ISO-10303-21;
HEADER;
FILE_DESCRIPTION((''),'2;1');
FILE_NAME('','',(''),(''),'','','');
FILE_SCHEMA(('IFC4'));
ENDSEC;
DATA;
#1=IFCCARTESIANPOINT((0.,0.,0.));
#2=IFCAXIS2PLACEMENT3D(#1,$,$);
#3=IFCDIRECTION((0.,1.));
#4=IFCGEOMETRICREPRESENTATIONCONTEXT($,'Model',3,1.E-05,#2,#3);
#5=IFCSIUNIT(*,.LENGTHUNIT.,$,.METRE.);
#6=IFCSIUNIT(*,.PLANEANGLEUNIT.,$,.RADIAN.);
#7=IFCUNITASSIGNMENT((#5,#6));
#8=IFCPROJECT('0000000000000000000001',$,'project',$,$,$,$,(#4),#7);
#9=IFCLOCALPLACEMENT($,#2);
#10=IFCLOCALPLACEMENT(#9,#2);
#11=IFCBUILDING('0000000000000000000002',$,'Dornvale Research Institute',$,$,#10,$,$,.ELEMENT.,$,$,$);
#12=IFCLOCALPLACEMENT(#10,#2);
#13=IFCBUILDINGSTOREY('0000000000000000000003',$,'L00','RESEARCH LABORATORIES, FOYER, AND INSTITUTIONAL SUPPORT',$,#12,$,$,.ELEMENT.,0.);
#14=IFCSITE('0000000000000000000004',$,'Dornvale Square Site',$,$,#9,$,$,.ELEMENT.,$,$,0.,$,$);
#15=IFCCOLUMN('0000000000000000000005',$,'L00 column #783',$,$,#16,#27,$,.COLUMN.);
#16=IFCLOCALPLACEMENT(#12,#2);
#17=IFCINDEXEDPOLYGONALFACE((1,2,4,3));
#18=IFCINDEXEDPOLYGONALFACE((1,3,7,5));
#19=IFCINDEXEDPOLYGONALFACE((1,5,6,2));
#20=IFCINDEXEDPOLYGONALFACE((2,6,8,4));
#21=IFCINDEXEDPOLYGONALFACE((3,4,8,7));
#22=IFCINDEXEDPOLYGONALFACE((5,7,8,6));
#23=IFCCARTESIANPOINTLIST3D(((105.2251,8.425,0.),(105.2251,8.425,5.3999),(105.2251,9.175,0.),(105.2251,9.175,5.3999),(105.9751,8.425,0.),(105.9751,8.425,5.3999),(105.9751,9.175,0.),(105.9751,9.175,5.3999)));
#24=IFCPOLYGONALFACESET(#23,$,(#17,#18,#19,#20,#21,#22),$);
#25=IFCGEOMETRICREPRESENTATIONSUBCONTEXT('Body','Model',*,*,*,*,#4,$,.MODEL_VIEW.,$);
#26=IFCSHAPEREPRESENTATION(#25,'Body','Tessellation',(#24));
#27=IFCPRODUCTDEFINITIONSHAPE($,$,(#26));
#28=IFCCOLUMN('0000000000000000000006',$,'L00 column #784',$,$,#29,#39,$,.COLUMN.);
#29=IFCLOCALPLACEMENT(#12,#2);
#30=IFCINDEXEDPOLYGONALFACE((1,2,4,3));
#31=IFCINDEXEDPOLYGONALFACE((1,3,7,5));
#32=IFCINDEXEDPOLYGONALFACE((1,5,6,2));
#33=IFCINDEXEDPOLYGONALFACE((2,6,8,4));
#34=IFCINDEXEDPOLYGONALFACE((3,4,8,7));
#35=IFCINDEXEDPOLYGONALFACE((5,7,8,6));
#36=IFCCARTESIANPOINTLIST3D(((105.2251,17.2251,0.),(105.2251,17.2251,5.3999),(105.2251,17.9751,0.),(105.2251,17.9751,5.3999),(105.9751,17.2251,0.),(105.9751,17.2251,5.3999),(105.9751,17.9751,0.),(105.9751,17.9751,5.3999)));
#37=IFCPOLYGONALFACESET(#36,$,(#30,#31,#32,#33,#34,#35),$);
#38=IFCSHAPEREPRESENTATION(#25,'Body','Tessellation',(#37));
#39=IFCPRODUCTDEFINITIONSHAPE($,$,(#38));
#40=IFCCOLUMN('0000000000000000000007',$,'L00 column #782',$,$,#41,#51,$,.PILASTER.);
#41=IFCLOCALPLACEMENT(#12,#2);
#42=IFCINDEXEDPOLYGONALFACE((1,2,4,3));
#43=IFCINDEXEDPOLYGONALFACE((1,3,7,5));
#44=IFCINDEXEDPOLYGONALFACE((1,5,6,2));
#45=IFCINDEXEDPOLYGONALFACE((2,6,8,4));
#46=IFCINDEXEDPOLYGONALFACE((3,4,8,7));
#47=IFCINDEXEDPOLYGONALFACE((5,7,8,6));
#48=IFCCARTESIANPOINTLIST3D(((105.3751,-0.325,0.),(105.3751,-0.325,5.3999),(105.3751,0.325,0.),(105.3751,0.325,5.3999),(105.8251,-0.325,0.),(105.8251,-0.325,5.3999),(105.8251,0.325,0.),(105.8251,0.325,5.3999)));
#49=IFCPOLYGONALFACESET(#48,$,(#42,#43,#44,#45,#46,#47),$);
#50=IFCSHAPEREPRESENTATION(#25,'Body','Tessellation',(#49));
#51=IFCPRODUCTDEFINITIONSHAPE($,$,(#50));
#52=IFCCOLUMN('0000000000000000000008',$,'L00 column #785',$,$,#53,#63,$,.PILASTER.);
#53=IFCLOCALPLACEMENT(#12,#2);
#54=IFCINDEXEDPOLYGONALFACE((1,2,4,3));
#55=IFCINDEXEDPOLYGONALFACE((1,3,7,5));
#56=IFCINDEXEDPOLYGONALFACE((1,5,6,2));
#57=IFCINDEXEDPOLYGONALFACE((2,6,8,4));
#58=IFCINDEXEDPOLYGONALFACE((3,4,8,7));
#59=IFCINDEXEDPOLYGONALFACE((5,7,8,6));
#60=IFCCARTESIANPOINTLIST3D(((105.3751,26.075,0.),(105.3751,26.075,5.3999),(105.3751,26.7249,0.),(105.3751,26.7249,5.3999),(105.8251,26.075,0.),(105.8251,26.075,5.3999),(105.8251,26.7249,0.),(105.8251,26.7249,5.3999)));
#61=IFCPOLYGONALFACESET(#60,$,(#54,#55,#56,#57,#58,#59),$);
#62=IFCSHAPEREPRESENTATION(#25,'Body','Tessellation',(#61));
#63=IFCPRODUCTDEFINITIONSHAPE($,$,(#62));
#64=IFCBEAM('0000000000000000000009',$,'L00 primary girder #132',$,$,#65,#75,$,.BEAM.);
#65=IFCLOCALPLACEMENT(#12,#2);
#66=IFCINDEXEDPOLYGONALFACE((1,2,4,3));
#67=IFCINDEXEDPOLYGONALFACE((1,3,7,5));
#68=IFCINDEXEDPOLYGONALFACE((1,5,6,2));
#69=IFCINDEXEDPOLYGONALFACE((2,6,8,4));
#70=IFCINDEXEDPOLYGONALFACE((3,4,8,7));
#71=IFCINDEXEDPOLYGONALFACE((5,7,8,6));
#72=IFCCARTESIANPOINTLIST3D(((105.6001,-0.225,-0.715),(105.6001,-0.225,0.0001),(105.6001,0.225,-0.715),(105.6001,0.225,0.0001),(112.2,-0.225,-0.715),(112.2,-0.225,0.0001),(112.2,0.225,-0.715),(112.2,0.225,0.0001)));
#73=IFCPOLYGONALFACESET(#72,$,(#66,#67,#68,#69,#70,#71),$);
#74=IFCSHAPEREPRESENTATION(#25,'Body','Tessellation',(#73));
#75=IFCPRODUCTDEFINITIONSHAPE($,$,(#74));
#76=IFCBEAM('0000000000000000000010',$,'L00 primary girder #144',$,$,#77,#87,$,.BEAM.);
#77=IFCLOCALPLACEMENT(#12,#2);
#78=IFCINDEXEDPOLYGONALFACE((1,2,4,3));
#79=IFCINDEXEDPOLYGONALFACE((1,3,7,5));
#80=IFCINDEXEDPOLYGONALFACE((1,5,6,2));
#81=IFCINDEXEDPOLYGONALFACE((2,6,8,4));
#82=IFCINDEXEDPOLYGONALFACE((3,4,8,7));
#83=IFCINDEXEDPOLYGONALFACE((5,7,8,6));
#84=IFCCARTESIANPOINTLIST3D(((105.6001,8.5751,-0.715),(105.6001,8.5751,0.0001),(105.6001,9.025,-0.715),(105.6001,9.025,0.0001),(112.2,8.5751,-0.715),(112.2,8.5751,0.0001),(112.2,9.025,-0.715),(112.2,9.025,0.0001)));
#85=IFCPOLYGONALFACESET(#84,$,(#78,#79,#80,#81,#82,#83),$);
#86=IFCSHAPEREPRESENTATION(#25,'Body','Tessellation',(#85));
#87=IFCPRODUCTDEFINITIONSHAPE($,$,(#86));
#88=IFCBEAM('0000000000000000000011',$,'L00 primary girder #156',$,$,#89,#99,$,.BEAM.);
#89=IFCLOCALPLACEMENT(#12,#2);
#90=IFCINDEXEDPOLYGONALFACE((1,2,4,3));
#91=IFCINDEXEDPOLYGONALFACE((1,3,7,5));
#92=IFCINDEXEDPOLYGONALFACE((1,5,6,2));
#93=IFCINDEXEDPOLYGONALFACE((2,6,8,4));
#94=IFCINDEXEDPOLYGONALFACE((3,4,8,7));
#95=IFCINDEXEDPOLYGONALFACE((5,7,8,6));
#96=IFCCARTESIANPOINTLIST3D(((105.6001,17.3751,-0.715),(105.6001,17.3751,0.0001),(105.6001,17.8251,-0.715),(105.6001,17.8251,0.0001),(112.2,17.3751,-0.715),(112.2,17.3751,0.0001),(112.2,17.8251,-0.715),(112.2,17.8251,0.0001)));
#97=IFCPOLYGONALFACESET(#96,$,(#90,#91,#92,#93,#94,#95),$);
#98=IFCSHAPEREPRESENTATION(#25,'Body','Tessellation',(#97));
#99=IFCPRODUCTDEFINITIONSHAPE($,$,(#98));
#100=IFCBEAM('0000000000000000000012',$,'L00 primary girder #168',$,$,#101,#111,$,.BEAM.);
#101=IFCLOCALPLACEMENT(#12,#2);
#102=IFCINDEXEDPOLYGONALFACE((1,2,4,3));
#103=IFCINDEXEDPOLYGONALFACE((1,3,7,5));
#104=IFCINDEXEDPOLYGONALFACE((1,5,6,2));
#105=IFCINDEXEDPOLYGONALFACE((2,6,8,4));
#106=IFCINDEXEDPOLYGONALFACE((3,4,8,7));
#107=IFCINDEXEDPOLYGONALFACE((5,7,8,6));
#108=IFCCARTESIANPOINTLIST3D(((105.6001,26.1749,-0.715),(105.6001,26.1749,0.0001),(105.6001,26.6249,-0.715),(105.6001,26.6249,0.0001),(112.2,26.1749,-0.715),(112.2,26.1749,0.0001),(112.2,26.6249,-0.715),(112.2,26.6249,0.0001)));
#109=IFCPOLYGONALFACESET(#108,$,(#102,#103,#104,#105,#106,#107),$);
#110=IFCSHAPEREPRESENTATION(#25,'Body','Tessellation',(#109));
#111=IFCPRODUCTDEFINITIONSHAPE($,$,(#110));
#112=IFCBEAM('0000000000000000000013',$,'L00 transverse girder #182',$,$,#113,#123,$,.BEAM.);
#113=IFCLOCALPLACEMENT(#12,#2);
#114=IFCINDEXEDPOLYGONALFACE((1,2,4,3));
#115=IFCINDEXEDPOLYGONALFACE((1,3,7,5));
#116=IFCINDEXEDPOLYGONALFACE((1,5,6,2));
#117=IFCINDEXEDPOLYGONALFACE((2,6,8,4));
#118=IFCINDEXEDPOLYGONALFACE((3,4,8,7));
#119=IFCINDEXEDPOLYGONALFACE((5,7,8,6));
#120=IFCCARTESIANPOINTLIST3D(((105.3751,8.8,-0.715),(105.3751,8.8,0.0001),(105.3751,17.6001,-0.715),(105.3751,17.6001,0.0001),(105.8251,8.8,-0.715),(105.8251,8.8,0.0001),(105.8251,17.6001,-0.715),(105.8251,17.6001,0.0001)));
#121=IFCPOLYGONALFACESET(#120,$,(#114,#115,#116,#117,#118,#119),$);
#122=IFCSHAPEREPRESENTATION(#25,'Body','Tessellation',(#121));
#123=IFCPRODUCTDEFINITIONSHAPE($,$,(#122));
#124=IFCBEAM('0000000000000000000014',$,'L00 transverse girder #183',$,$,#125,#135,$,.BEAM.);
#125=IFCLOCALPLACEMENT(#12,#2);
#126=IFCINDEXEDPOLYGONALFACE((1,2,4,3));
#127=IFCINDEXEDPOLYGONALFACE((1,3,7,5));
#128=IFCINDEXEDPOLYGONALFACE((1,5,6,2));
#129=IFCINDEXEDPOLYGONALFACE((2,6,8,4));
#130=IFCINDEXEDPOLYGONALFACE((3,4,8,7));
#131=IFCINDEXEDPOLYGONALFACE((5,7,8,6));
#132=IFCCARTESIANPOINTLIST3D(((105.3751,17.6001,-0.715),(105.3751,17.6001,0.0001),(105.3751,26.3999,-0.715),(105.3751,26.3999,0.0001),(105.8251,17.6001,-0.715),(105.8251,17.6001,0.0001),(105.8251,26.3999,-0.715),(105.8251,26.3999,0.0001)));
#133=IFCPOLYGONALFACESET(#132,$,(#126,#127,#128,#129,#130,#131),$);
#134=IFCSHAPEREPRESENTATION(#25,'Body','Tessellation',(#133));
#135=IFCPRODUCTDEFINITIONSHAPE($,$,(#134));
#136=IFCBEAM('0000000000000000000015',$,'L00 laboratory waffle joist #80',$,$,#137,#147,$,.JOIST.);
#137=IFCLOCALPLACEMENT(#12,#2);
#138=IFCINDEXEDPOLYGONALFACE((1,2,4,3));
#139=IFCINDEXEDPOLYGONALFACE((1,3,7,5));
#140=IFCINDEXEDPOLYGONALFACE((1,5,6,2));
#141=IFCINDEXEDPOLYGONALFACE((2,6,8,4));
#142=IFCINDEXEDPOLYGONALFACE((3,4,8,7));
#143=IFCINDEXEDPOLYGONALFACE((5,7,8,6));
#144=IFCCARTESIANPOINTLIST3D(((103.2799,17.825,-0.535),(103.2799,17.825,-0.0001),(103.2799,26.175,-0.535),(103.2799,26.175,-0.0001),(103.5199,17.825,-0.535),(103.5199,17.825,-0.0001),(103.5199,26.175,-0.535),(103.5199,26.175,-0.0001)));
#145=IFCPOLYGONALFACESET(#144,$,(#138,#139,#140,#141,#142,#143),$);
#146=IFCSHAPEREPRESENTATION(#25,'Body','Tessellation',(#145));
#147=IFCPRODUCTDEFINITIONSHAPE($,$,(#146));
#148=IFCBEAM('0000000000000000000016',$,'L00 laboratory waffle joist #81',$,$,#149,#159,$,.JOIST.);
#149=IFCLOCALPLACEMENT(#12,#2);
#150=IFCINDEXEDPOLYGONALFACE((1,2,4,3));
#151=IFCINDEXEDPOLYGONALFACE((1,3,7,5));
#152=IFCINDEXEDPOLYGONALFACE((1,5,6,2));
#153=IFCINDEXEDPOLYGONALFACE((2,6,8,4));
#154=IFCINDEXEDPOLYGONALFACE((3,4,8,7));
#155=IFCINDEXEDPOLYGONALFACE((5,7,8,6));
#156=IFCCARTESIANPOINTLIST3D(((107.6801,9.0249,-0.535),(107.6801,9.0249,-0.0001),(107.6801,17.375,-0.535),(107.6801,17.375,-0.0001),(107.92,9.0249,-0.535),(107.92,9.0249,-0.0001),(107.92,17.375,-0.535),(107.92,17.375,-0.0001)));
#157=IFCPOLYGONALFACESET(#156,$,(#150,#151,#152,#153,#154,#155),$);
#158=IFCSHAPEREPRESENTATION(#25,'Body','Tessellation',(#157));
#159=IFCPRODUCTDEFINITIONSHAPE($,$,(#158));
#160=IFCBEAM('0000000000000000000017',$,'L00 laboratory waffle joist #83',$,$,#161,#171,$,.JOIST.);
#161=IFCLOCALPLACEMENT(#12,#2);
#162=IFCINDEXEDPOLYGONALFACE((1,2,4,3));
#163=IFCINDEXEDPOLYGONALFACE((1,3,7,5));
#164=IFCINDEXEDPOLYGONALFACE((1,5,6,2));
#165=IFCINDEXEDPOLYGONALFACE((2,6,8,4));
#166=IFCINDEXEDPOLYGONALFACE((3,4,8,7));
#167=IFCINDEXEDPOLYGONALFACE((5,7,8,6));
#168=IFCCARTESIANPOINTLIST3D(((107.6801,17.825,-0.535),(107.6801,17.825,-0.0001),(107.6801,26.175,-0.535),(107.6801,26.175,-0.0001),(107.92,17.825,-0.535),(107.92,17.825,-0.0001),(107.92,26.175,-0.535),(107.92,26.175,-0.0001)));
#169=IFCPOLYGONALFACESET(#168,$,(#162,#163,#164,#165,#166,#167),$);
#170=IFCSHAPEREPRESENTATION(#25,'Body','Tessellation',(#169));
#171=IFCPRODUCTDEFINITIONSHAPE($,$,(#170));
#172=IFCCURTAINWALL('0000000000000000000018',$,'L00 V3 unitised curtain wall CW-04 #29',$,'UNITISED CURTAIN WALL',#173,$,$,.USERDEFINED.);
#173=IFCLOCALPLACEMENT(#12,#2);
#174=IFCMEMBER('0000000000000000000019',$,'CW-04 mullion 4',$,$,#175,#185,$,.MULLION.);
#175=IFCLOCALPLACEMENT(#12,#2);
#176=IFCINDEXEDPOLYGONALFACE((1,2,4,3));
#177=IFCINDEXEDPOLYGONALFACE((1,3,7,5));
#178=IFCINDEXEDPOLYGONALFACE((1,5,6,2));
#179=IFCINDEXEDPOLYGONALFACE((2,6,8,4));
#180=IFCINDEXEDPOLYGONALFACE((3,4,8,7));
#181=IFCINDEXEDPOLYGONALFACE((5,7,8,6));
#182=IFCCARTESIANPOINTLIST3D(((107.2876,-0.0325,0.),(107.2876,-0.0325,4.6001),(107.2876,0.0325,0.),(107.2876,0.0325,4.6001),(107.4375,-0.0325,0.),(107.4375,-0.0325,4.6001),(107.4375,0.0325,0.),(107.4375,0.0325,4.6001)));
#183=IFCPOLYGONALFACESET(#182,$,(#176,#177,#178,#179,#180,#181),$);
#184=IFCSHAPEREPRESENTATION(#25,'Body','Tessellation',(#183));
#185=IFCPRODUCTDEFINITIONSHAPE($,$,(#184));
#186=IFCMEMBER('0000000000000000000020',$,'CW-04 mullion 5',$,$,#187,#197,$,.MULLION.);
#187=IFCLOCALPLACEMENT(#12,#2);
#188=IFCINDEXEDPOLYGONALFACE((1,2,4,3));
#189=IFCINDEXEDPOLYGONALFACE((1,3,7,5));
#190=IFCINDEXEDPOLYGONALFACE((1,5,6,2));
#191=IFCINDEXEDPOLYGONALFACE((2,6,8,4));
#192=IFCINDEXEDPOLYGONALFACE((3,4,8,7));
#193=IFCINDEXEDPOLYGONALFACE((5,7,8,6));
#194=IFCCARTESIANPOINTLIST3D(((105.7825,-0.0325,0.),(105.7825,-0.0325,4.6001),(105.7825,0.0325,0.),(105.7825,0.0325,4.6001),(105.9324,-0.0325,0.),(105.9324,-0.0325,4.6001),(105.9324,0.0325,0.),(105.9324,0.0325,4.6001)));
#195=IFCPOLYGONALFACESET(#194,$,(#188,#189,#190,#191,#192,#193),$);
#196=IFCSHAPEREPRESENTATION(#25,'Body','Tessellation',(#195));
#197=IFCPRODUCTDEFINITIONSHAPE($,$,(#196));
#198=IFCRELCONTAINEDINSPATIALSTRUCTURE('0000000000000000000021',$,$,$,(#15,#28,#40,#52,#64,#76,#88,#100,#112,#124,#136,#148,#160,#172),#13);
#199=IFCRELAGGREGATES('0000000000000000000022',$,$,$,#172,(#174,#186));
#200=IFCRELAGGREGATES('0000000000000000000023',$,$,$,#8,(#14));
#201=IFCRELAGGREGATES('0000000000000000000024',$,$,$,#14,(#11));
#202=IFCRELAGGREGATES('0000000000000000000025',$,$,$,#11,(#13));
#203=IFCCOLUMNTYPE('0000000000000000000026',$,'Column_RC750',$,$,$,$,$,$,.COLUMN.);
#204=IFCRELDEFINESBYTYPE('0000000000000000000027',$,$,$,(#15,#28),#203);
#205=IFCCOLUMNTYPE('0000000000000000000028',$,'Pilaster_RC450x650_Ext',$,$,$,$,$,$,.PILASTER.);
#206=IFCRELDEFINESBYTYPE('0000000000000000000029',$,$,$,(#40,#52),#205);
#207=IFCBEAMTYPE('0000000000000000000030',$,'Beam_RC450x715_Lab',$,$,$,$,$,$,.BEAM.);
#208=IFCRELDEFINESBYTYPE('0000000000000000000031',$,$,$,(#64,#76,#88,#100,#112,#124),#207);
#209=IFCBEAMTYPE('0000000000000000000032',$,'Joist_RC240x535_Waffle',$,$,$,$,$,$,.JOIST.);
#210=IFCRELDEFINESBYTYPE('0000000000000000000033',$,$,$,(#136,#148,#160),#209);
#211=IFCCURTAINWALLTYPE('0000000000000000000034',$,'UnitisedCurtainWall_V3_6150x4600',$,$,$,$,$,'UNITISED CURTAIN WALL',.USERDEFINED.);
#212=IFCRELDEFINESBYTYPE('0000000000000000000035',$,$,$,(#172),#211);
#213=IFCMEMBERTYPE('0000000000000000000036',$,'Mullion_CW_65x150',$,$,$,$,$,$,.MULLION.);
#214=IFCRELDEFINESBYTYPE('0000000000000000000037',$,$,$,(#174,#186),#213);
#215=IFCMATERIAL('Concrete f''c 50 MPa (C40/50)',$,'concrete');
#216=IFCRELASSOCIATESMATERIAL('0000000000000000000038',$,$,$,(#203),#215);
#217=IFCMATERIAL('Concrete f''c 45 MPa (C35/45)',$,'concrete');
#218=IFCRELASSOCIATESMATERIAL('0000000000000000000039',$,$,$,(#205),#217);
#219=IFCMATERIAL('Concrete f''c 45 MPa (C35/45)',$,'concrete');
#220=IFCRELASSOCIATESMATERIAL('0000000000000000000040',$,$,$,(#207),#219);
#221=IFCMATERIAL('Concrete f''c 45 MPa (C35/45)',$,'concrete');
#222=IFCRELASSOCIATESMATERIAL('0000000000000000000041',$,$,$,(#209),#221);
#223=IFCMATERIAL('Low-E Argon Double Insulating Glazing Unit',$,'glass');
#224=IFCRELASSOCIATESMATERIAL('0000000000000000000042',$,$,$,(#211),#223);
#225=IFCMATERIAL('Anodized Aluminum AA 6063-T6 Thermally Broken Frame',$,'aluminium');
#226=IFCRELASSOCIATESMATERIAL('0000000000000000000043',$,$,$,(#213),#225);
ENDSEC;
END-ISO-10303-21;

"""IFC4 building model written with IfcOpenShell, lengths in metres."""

from ifc_helpers import new_model, si_unit, direction, frame, origin, origin_2d, place, context, subcontext, project, spatial, rectangle, extrude, material, material_profile, profile_set, type_object, element, aggregate, save


model = new_model("IFC4")

# Units and contexts
model_context = context("Model", 3, precision=1e-05, world=origin(), true_north=direction((0.0, 1.0)))
body_context = subcontext(model_context, "Body", "Model", "MODEL_VIEW")
ifc_project = project(units=[si_unit("LENGTHUNIT", "METRE"), si_unit("PLANEANGLEUNIT", "RADIAN")], contexts=[model_context])

# Site, building, storey
site_placement = place(None, origin())
site = spatial("IfcSite", under=ifc_project, at=site_placement, Name="Dornvale Square Site", CompositionType="ELEMENT", RefElevation=0.0)
building_placement = place(site_placement, origin())
building = spatial("IfcBuilding", under=site, at=building_placement, Name="Dornvale Research Institute", CompositionType="ELEMENT")
storey_placement = place(building_placement, origin())
storey = spatial("IfcBuildingStorey", under=building, at=storey_placement, Name="L00", Description="RESEARCH LABORATORIES, FOYER, AND INSTITUTIONAL SUPPORT", CompositionType="ELEMENT", Elevation=0.0)

# Columns
ifc_material_1 = material(Name="Concrete f'c 50 MPa (C40/50)", Category="concrete")
ifc_material_profile_1 = material_profile(ifc_material_1, rectangle(XDim=0.75, YDim=0.75, at=origin_2d()), Name="RC 750x750")
ifc_profile_set_1 = profile_set([ifc_material_profile_1], Name="Concrete f'c 50 MPa (C40/50)")
column_type_1 = type_object("IfcColumnType", Name="Column_RC750", PredefinedType="COLUMN", material=ifc_profile_set_1)
for number, where, z_axis, x_axis, name in (
    (1, (105.6001, 8.8, 0.0), (0.0, 0.0, 1.0), (1.0, 0.0, 0.0), "L00 column #783"),
    (2, (105.6001, 17.6001, 0.0), (0.0, 0.0, 1.0), (1.0, 0.0, 0.0), "L00 column #784"),
):
    element("IfcColumn", number, at=place(storey_placement, frame(where, z_axis=z_axis, x_axis=x_axis)), inside=storey, type_object=column_type_1, Name=name, PredefinedType="COLUMN", context=body_context, shape_type="SweptSolid", body=[
        extrude(rectangle(XDim=0.75, YDim=0.75, at=origin_2d()), origin(), (0.0, 0.0, 1.0), 5.3999),
    ])
ifc_material_2 = material(Name="Concrete f'c 45 MPa (C35/45)", Category="concrete")
ifc_material_profile_2 = material_profile(ifc_material_2, rectangle(XDim=0.45, YDim=0.6499, at=origin_2d()), Name="RC 450x650")
ifc_profile_set_2 = profile_set([ifc_material_profile_2], Name="Concrete f'c 45 MPa (C35/45)")
column_type_2 = type_object("IfcColumnType", Name="Pilaster_RC450x650_Ext", PredefinedType="PILASTER", material=ifc_profile_set_2)
for number, where, z_axis, x_axis, name in (
    (3, (105.6001, 0.0, 0.0), (0.0, 0.0, 1.0), (1.0, 0.0, 0.0), "L00 column #782"),
    (4, (105.6001, 26.3999, 0.0), (0.0, 0.0, 1.0), (1.0, 0.0, 0.0), "L00 column #785"),
):
    element("IfcColumn", number, at=place(storey_placement, frame(where, z_axis=z_axis, x_axis=x_axis)), inside=storey, type_object=column_type_2, Name=name, PredefinedType="PILASTER", context=body_context, shape_type="SweptSolid", body=[
        extrude(rectangle(XDim=0.45, YDim=0.6499, at=origin_2d()), origin(), (0.0, 0.0, 1.0), 5.3999),
    ])

# Beams
ifc_material_3 = material(Name="Concrete f'c 45 MPa (C35/45)", Category="concrete")
ifc_material_profile_3 = material_profile(ifc_material_3, rectangle(XDim=0.45, YDim=0.7151, at=origin_2d()), Name="RC 450x715")
ifc_profile_set_3 = profile_set([ifc_material_profile_3], Name="Concrete f'c 45 MPa (C35/45)")
beam_type_1 = type_object("IfcBeamType", Name="Beam_RC450x715_Lab", PredefinedType="BEAM", material=ifc_profile_set_3)
for number, where, z_axis, x_axis, name in (
    (5, (105.6001, 0.0, -0.3574), (1.0, 0.0, 0.0), (0.0, 1.0, 0.0), "L00 primary girder #132"),
    (6, (105.6001, 8.8, -0.3574), (1.0, 0.0, 0.0), (0.0, 1.0, 0.0), "L00 primary girder #144"),
    (7, (105.6001, 17.6001, -0.3574), (1.0, 0.0, 0.0), (0.0, 1.0, 0.0), "L00 primary girder #156"),
    (8, (105.6001, 26.3999, -0.3574), (1.0, 0.0, 0.0), (0.0, 1.0, 0.0), "L00 primary girder #168"),
):
    element("IfcBeam", number, at=place(storey_placement, frame(where, z_axis=z_axis, x_axis=x_axis)), inside=storey, type_object=beam_type_1, Name=name, PredefinedType="BEAM", context=body_context, shape_type="SweptSolid", body=[
        extrude(rectangle(XDim=0.45, YDim=0.7151, at=origin_2d()), origin(), (0.0, 0.0, 1.0), 6.5999),
    ])
beam_1_placement = place(storey_placement, frame((105.6001, 8.8, -0.3574), z_axis=(0.0, 1.0, 0.0), x_axis=(-1.0, 0.0, 0.0)))
element("IfcBeam", 9, at=beam_1_placement, inside=storey, type_object=beam_type_1, Name="L00 transverse girder #182", PredefinedType="BEAM", context=body_context, shape_type="SweptSolid", body=[
    extrude(rectangle(XDim=0.45, YDim=0.7151, at=origin_2d()), origin(), (0.0, 0.0, 1.0), 8.8),
])
beam_2_placement = place(storey_placement, frame((105.6001, 17.6001, -0.3574), z_axis=(0.0, 1.0, 0.0), x_axis=(-1.0, 0.0, 0.0)))
element("IfcBeam", 10, at=beam_2_placement, inside=storey, type_object=beam_type_1, Name="L00 transverse girder #183", PredefinedType="BEAM", context=body_context, shape_type="SweptSolid", body=[
    extrude(rectangle(XDim=0.45, YDim=0.7151, at=origin_2d()), origin(), (0.0, 0.0, 1.0), 8.7998),
])
ifc_material_4 = material(Name="Concrete f'c 45 MPa (C35/45)", Category="concrete")
ifc_material_profile_4 = material_profile(ifc_material_4, rectangle(XDim=0.24, YDim=0.5349, at=origin_2d()), Name="RC 240x535")
ifc_profile_set_4 = profile_set([ifc_material_profile_4], Name="Concrete f'c 45 MPa (C35/45)")
beam_type_2 = type_object("IfcBeamType", Name="Joist_RC240x535_Waffle", PredefinedType="JOIST", material=ifc_profile_set_4)
for number, where, z_axis, x_axis, name in (
    (11, (103.3999, 17.825, -0.2676), (0.0, 1.0, 0.0), (-1.0, 0.0, 0.0), "L00 laboratory waffle joist #80"),
    (12, (107.8, 9.0249, -0.2676), (0.0, 1.0, 0.0), (-1.0, 0.0, 0.0), "L00 laboratory waffle joist #81"),
    (13, (107.8, 17.825, -0.2676), (0.0, 1.0, 0.0), (-1.0, 0.0, 0.0), "L00 laboratory waffle joist #83"),
):
    element("IfcBeam", number, at=place(storey_placement, frame(where, z_axis=z_axis, x_axis=x_axis)), inside=storey, type_object=beam_type_2, Name=name, PredefinedType="JOIST", context=body_context, shape_type="SweptSolid", body=[
        extrude(rectangle(XDim=0.24, YDim=0.5349, at=origin_2d()), origin(), (0.0, 0.0, 1.0), 8.3501),
    ])

# Curtain wall, members
ifc_material_5 = material(Name="Low-E Argon Double Insulating Glazing Unit", Category="glass")
curtain_wall_type = type_object("IfcCurtainWallType", Name="UnitisedCurtainWall_V3_6150x4600", ElementType="UNITISED CURTAIN WALL", PredefinedType="USERDEFINED", material=ifc_material_5)
curtain_wall_placement = place(storey_placement, origin())
curtain_wall = element("IfcCurtainWall", 14, at=curtain_wall_placement, inside=storey, type_object=curtain_wall_type, Name="L00 V3 unitised curtain wall CW-04 #29", ObjectType="UNITISED CURTAIN WALL", PredefinedType="USERDEFINED")
ifc_material_6 = material(Name="Anodized Aluminum AA 6063-T6 Thermally Broken Frame", Category="aluminium")
ifc_material_profile_5 = material_profile(ifc_material_6, rectangle(XDim=0.0649, YDim=0.1499, at=origin_2d()), Name="ALU MULLION 65x150")
ifc_profile_set_5 = profile_set([ifc_material_profile_5], Name="Anodized Aluminum AA 6063-T6 Thermally Broken Frame")
member_type_1 = type_object("IfcMemberType", Name="Mullion_CW_65x150", PredefinedType="MULLION", material=ifc_profile_set_5)
member_1_placement = place(storey_placement, frame((107.3625, 0.0, 0.0), z_axis=(0.0, 0.0, 1.0), x_axis=(0.0, -1.0, 0.0)))
member_1 = element("IfcMember", 15, at=member_1_placement, type_object=member_type_1, Name="CW-04 mullion 4", PredefinedType="MULLION", context=body_context, shape_type="SweptSolid", body=[
    extrude(rectangle(XDim=0.0649, YDim=0.1499, at=origin_2d()), origin(), (0.0, 0.0, 1.0), 4.6001),
])
member_2_placement = place(storey_placement, frame((105.8574, 0.0, 0.0), z_axis=(0.0, 0.0, 1.0), x_axis=(0.0, -1.0, 0.0)))
member_2 = element("IfcMember", 16, at=member_2_placement, type_object=member_type_1, Name="CW-04 mullion 5", PredefinedType="MULLION", context=body_context, shape_type="SweptSolid", body=[
    extrude(rectangle(XDim=0.0649, YDim=0.1499, at=origin_2d()), origin(), (0.0, 0.0, 1.0), 4.6001),
])
aggregate(curtain_wall, [member_1, member_2])

save(model, "model.ifc")
